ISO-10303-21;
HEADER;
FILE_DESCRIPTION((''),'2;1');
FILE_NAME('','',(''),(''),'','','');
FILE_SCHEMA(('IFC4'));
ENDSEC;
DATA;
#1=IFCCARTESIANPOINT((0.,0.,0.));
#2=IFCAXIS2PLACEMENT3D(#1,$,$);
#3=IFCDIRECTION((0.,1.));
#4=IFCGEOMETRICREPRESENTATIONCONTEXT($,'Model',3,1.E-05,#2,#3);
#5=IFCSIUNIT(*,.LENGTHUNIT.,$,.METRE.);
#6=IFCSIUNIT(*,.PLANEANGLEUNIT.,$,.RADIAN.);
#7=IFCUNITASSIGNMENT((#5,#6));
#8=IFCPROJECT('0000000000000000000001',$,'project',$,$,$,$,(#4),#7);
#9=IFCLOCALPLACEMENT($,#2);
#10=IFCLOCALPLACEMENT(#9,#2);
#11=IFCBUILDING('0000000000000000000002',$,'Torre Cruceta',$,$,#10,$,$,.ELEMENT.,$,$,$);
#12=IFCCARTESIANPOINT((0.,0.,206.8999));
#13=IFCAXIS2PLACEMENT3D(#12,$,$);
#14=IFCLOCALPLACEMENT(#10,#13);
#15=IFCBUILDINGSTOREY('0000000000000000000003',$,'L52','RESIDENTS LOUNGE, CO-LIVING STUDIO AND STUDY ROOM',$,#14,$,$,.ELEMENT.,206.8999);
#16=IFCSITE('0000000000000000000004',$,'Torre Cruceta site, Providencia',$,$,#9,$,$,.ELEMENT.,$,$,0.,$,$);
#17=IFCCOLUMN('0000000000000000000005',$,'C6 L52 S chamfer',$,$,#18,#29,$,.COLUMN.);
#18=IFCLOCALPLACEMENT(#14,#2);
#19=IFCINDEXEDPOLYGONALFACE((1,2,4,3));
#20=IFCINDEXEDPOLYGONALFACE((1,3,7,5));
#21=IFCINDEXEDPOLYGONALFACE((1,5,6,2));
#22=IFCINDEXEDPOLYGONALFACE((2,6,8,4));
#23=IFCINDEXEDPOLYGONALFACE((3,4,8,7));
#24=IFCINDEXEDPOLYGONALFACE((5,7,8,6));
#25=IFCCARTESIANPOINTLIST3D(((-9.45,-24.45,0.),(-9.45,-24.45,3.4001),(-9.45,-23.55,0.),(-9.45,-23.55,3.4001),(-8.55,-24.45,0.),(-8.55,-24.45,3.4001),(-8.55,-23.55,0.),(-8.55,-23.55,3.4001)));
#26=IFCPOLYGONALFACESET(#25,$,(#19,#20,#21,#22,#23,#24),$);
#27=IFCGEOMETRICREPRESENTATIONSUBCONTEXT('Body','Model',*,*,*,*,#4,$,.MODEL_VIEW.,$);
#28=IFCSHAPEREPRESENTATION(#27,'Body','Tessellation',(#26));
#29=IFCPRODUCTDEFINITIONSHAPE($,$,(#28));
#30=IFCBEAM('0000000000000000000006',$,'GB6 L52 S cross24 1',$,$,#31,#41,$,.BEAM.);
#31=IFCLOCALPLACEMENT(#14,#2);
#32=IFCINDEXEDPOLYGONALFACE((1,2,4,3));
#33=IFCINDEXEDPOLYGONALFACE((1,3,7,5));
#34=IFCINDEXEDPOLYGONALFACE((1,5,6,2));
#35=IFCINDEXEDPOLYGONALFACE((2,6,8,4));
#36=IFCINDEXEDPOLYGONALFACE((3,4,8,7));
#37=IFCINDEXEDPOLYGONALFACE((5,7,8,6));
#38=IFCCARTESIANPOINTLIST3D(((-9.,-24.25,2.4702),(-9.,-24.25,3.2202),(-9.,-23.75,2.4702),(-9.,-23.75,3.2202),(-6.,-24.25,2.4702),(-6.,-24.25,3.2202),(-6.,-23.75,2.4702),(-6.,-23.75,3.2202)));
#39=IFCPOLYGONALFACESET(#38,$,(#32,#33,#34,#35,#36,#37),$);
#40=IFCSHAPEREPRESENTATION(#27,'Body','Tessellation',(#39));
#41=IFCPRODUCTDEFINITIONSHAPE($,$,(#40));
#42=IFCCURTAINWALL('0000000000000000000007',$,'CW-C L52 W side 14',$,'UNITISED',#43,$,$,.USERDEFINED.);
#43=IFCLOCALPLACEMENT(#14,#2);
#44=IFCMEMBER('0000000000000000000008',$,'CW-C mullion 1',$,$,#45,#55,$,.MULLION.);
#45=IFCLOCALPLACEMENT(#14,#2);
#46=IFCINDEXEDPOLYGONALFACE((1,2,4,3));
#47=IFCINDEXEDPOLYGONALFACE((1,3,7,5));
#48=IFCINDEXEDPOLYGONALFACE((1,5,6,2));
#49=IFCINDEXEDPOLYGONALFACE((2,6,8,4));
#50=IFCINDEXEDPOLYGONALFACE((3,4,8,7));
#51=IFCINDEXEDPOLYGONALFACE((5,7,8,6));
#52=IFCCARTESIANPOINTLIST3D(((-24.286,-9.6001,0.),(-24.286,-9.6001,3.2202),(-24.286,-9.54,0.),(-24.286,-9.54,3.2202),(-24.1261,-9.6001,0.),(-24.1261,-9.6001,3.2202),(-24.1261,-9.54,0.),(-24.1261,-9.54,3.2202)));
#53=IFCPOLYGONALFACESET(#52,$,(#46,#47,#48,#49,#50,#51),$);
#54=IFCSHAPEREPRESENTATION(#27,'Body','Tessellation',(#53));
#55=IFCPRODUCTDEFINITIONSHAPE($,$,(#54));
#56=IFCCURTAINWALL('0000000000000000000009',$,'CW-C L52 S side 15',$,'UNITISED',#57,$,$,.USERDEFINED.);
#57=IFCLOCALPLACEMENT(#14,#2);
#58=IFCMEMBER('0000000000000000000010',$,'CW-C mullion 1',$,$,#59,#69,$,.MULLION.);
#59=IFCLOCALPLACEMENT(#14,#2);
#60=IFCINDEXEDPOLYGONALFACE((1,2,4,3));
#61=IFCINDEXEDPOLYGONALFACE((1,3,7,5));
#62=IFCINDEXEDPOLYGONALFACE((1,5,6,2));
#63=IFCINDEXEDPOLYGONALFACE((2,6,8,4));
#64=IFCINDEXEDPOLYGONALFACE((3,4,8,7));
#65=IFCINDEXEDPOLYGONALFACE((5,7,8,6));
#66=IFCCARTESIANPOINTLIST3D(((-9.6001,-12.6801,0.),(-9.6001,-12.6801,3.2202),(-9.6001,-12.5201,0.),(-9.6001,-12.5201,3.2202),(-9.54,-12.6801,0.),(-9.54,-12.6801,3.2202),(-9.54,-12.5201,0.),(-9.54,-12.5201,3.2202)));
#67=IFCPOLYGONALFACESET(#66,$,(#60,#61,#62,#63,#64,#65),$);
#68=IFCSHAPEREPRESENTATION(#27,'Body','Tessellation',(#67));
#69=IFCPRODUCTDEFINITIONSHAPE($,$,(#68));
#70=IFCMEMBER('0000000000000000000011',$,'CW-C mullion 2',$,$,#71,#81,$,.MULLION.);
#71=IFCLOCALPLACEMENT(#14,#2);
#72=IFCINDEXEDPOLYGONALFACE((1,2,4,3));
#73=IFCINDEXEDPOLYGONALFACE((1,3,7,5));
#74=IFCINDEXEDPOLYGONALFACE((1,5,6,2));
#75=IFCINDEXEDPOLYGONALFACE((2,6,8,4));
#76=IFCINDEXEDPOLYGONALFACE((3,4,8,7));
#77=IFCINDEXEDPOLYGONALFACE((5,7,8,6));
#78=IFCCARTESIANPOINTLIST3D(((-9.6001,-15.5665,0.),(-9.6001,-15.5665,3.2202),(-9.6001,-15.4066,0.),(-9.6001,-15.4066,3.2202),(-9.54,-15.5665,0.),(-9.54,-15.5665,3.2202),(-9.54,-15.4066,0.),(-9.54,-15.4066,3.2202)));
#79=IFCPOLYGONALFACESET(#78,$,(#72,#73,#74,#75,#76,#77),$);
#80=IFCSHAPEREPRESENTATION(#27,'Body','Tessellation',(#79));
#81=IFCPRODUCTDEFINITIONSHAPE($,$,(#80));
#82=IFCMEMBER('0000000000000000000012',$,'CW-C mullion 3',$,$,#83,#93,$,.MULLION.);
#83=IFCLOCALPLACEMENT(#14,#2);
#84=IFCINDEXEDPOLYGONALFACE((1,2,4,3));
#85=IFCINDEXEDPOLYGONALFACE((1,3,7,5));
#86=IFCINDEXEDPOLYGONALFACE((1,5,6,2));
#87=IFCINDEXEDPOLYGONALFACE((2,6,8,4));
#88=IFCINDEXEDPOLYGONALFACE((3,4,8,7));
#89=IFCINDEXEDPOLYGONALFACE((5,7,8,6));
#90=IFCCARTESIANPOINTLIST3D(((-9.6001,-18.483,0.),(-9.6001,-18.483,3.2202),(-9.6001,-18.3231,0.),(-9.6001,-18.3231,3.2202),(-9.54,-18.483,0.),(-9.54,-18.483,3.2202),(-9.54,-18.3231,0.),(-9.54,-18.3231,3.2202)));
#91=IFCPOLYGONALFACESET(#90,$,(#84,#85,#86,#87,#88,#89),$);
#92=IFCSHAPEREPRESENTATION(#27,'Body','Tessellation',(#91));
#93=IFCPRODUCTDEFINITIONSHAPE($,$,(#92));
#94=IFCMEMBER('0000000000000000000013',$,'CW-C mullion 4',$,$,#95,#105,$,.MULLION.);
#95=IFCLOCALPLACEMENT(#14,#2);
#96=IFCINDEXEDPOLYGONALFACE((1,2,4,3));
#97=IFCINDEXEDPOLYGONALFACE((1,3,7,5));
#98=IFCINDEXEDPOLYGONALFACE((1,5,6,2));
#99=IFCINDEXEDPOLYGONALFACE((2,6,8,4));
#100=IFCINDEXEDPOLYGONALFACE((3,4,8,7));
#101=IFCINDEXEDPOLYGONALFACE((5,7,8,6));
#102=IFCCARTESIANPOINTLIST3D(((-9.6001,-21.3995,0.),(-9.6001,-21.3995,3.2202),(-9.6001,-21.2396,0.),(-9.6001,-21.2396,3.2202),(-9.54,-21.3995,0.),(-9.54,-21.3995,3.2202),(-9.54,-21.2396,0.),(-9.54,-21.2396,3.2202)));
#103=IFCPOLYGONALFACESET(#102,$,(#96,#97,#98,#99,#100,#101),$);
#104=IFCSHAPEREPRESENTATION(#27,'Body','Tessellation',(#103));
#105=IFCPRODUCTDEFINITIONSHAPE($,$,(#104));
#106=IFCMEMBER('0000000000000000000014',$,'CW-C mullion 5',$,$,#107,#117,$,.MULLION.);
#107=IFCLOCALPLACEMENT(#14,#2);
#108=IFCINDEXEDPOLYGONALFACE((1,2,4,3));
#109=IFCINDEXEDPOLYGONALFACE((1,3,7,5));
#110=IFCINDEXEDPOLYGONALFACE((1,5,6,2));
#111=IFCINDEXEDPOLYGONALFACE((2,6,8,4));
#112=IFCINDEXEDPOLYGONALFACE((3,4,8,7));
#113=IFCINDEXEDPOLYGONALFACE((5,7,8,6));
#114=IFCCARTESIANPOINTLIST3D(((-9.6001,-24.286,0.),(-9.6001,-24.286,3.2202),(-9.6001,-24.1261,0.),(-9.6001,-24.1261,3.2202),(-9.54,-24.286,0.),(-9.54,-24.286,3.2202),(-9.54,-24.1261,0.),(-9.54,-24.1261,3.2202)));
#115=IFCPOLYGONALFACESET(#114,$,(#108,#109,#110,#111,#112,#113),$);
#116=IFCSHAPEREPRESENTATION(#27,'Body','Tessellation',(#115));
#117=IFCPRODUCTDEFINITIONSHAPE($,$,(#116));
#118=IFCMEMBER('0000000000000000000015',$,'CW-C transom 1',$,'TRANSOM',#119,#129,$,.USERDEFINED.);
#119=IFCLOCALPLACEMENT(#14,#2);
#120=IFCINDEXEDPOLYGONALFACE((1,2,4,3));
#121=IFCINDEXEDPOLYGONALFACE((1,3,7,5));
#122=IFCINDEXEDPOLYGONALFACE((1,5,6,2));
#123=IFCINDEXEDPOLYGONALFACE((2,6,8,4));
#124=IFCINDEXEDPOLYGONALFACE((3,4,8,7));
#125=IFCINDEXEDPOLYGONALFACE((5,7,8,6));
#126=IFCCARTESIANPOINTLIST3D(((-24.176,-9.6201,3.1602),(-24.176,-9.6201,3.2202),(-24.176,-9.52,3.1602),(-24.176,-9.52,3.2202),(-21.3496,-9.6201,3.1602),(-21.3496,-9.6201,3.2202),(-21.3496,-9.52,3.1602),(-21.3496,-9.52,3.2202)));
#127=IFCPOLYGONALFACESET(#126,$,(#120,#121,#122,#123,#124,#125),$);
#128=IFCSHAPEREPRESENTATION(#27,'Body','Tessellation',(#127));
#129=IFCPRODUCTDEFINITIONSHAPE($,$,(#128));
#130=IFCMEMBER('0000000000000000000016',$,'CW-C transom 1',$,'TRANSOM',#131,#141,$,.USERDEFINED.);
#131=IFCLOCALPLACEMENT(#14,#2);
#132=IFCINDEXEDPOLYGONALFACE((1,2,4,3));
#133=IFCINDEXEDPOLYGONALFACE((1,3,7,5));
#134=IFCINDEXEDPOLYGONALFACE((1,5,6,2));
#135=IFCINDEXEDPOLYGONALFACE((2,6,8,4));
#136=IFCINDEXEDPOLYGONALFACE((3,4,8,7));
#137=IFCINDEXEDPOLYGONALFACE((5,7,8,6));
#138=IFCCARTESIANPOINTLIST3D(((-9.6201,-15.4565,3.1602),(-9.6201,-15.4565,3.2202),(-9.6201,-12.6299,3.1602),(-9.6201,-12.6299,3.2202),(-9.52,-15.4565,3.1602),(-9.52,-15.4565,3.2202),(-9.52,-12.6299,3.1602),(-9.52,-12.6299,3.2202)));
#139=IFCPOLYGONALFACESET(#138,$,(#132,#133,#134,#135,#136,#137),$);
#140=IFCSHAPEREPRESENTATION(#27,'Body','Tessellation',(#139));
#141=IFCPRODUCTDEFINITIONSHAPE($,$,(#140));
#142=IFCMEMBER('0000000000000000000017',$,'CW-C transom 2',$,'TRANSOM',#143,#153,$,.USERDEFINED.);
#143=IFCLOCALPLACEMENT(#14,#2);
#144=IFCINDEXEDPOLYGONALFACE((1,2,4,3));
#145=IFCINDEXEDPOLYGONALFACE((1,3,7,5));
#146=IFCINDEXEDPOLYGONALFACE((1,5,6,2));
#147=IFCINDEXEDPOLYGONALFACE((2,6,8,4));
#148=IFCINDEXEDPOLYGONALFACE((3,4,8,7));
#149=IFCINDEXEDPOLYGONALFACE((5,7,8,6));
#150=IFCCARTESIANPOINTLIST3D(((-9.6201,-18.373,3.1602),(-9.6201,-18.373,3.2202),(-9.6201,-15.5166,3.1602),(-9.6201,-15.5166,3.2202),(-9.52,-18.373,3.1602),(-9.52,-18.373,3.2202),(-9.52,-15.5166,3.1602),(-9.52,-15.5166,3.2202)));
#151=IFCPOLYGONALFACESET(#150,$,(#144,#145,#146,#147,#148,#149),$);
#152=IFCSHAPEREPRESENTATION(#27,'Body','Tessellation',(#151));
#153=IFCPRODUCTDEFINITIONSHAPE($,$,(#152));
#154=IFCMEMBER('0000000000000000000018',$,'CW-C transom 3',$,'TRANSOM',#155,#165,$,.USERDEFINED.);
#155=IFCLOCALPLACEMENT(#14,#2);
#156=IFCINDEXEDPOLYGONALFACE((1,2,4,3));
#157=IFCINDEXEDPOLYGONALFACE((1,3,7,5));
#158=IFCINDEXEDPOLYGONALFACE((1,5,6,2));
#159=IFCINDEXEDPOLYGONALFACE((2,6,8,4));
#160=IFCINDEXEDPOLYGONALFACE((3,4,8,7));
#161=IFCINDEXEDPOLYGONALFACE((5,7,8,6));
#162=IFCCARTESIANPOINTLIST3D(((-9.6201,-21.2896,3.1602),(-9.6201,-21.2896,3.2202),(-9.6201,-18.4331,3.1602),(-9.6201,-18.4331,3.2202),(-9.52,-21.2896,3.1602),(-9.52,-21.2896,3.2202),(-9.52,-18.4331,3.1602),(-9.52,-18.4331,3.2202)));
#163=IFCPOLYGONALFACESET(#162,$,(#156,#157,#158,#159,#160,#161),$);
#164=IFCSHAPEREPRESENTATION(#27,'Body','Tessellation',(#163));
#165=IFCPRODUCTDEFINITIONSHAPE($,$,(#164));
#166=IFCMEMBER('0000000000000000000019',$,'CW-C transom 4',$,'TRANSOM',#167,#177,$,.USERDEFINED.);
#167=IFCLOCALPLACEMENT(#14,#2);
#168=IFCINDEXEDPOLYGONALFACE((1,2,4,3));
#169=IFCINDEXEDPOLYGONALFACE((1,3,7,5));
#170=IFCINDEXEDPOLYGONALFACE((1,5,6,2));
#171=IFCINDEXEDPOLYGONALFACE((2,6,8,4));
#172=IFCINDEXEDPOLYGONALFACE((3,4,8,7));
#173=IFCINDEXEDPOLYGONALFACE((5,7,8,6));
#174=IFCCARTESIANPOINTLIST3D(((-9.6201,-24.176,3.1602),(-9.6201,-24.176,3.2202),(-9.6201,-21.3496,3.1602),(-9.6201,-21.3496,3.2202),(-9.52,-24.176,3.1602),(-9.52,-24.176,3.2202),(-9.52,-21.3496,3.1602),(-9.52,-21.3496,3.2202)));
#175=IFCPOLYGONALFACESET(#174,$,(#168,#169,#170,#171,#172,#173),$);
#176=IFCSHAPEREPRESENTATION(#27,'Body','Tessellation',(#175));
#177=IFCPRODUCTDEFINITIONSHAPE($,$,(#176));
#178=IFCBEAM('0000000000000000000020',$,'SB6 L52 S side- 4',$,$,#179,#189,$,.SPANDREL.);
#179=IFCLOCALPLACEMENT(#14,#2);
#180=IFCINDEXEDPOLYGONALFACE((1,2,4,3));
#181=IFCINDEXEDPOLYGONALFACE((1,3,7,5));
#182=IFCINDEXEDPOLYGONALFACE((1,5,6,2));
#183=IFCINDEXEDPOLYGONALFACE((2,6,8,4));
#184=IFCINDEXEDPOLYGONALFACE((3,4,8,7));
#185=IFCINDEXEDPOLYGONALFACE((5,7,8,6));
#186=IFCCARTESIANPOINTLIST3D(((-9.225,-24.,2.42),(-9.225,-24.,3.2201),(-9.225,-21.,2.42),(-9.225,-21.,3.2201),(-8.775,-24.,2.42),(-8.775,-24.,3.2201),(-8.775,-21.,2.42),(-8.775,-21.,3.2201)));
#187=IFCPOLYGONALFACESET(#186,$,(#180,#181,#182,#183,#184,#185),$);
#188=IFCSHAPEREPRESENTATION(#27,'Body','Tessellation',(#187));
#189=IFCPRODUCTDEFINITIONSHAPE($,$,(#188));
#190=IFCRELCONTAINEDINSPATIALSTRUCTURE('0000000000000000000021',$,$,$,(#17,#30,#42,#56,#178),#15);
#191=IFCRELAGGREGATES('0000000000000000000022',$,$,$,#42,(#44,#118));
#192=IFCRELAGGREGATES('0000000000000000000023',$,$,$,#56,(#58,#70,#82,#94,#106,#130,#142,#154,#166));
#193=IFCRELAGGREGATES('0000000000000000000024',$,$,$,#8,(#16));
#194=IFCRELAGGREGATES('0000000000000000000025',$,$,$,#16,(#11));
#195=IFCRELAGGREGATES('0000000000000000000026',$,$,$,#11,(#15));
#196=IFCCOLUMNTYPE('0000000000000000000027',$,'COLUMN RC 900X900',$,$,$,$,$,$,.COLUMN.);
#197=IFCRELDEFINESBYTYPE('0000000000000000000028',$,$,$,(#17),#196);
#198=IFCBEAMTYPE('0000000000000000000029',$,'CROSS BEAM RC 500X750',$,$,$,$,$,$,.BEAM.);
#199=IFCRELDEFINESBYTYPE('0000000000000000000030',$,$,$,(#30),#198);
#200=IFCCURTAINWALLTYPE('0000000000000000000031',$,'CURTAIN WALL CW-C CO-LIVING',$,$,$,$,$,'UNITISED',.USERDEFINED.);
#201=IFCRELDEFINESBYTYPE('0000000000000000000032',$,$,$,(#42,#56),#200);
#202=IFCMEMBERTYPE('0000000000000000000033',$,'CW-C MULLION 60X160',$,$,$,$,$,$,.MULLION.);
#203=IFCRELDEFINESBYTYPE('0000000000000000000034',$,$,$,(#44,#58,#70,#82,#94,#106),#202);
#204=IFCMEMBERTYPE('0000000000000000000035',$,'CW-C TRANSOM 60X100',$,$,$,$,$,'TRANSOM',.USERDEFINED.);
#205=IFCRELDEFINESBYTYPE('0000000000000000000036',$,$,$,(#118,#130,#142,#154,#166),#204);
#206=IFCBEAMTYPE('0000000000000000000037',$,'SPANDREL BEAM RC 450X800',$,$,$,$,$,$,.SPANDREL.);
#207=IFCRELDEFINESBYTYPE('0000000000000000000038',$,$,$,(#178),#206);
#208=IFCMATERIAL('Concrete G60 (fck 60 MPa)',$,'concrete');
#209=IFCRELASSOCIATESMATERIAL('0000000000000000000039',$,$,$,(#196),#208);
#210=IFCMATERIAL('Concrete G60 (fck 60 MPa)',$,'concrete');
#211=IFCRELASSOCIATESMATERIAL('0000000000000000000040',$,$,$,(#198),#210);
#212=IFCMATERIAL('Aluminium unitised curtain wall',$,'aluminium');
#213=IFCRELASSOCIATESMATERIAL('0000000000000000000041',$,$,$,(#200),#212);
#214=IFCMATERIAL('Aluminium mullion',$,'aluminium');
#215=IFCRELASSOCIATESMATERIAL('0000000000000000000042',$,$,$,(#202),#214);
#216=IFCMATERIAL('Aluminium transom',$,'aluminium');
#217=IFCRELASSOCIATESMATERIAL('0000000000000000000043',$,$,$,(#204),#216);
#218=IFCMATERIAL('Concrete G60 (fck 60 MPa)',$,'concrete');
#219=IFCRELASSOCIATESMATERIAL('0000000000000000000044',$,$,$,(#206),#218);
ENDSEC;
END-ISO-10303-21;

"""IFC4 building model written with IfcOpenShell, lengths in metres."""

from ifc_helpers import new_model, si_unit, direction, frame, origin, origin_2d, place, context, subcontext, project, spatial, rectangle, extrude, material, material_profile, profile_set, type_object, element, aggregate, save


model = new_model("IFC4")

# Units and contexts
model_context = context("Model", 3, precision=1e-05, world=origin(), true_north=direction((0.0, 1.0)))
body_context = subcontext(model_context, "Body", "Model", "MODEL_VIEW")
ifc_project = project(units=[si_unit("LENGTHUNIT", "METRE"), si_unit("PLANEANGLEUNIT", "RADIAN")], contexts=[model_context])

# Site, building, storey
site_placement = place(None, origin())
site = spatial("IfcSite", under=ifc_project, at=site_placement, Name="Torre Cruceta site, Providencia", CompositionType="ELEMENT", RefElevation=0.0)
building_placement = place(site_placement, origin())
building = spatial("IfcBuilding", under=site, at=building_placement, Name="Torre Cruceta", CompositionType="ELEMENT")
storey_placement = place(building_placement, frame((0.0, 0.0, 206.8999)))
storey = spatial("IfcBuildingStorey", under=building, at=storey_placement, Name="L52", Description="RESIDENTS LOUNGE, CO-LIVING STUDIO AND STUDY ROOM", CompositionType="ELEMENT", Elevation=206.8999)

# Column
ifc_material_1 = material(Name="Concrete G60 (fck 60 MPa)", Category="concrete")
ifc_material_profile_1 = material_profile(ifc_material_1, rectangle(XDim=0.8999, YDim=0.8999, at=origin_2d()), Name="RC 900X900")
ifc_profile_set_1 = profile_set([ifc_material_profile_1], Name="Concrete G60 (fck 60 MPa)")
column_type = type_object("IfcColumnType", Name="COLUMN RC 900X900", PredefinedType="COLUMN", material=ifc_profile_set_1)
column_placement = place(storey_placement, frame((-9.0, -24.0, 0.0), z_axis=(0.0, 0.0, 1.0), x_axis=(1.0, 0.0, 0.0)))
element("IfcColumn", 1, at=column_placement, inside=storey, type_object=column_type, Name="C6 L52 S chamfer", PredefinedType="COLUMN", context=body_context, shape_type="SweptSolid", body=[
    extrude(rectangle(XDim=0.8999, YDim=0.8999, at=origin_2d()), origin(), (0.0, 0.0, 1.0), 3.4001),
])

# Beam
ifc_material_2 = material(Name="Concrete G60 (fck 60 MPa)", Category="concrete")
ifc_material_profile_2 = material_profile(ifc_material_2, rectangle(XDim=0.5, YDim=0.75, at=origin_2d()), Name="RC 500X750")
ifc_profile_set_2 = profile_set([ifc_material_profile_2], Name="Concrete G60 (fck 60 MPa)")
beam_type_1 = type_object("IfcBeamType", Name="CROSS BEAM RC 500X750", PredefinedType="BEAM", material=ifc_profile_set_2)
beam_1_placement = place(storey_placement, frame((-9.0, -24.0, 2.8452), z_axis=(1.0, 0.0, 0.0), x_axis=(0.0, 1.0, 0.0)))
element("IfcBeam", 2, at=beam_1_placement, inside=storey, type_object=beam_type_1, Name="GB6 L52 S cross24 1", PredefinedType="BEAM", context=body_context, shape_type="SweptSolid", body=[
    extrude(rectangle(XDim=0.5, YDim=0.75, at=origin_2d()), origin(), (0.0, 0.0, 1.0), 3.0),
])

# Curtain wall, member
ifc_material_3 = material(Name="Aluminium unitised curtain wall", Category="aluminium")
curtain_wall_type = type_object("IfcCurtainWallType", Name="CURTAIN WALL CW-C CO-LIVING", ElementType="UNITISED", PredefinedType="USERDEFINED", material=ifc_material_3)
curtain_wall_1_placement = place(storey_placement, origin())
curtain_wall_1 = element("IfcCurtainWall", 3, at=curtain_wall_1_placement, inside=storey, type_object=curtain_wall_type, Name="CW-C L52 W side 14", ObjectType="UNITISED", PredefinedType="USERDEFINED")
ifc_material_4 = material(Name="Aluminium mullion", Category="aluminium")
ifc_material_profile_3 = material_profile(ifc_material_4, rectangle(XDim=0.0601, YDim=0.1599, at=origin_2d()), Name="AL 60X160")
ifc_profile_set_3 = profile_set([ifc_material_profile_3], Name="Aluminium mullion")
member_type_1 = type_object("IfcMemberType", Name="CW-C MULLION 60X160", PredefinedType="MULLION", material=ifc_profile_set_3)
member_1_placement = place(storey_placement, frame((-24.2061, -9.5701, 0.0), z_axis=(0.0, 0.0, 1.0), x_axis=(0.0, 1.0, 0.0)))
member_1 = element("IfcMember", 4, at=member_1_placement, type_object=member_type_1, Name="CW-C mullion 1", PredefinedType="MULLION", context=body_context, shape_type="SweptSolid", body=[
    extrude(rectangle(XDim=0.0601, YDim=0.1599, at=origin_2d()), origin(), (0.0, 0.0, 1.0), 3.2202),
])

# Curtain wall, members
curtain_wall_2_placement = place(storey_placement, origin())
curtain_wall_2 = element("IfcCurtainWall", 5, at=curtain_wall_2_placement, inside=storey, type_object=curtain_wall_type, Name="CW-C L52 S side 15", ObjectType="UNITISED", PredefinedType="USERDEFINED")
member_2_placement = place(storey_placement, frame((-9.5701, -12.6001, 0.0), z_axis=(0.0, 0.0, 1.0), x_axis=(1.0, 0.0, 0.0)))
member_2 = element("IfcMember", 6, at=member_2_placement, type_object=member_type_1, Name="CW-C mullion 1", PredefinedType="MULLION", context=body_context, shape_type="SweptSolid", body=[
    extrude(rectangle(XDim=0.0601, YDim=0.1599, at=origin_2d()), origin(), (0.0, 0.0, 1.0), 3.2202),
])
member_3_placement = place(storey_placement, frame((-9.5701, -15.4866, 0.0), z_axis=(0.0, 0.0, 1.0), x_axis=(1.0, 0.0, 0.0)))
member_3 = element("IfcMember", 7, at=member_3_placement, type_object=member_type_1, Name="CW-C mullion 2", PredefinedType="MULLION", context=body_context, shape_type="SweptSolid", body=[
    extrude(rectangle(XDim=0.0601, YDim=0.1599, at=origin_2d()), origin(), (0.0, 0.0, 1.0), 3.2202),
])
member_4_placement = place(storey_placement, frame((-9.5701, -18.4031, 0.0), z_axis=(0.0, 0.0, 1.0), x_axis=(1.0, 0.0, 0.0)))
member_4 = element("IfcMember", 8, at=member_4_placement, type_object=member_type_1, Name="CW-C mullion 3", PredefinedType="MULLION", context=body_context, shape_type="SweptSolid", body=[
    extrude(rectangle(XDim=0.0601, YDim=0.1599, at=origin_2d()), origin(), (0.0, 0.0, 1.0), 3.2202),
])
member_5_placement = place(storey_placement, frame((-9.5701, -21.3196, 0.0), z_axis=(0.0, 0.0, 1.0), x_axis=(1.0, 0.0, 0.0)))
member_5 = element("IfcMember", 9, at=member_5_placement, type_object=member_type_1, Name="CW-C mullion 4", PredefinedType="MULLION", context=body_context, shape_type="SweptSolid", body=[
    extrude(rectangle(XDim=0.0601, YDim=0.1599, at=origin_2d()), origin(), (0.0, 0.0, 1.0), 3.2202),
])
member_6_placement = place(storey_placement, frame((-9.5701, -24.2061, 0.0), z_axis=(0.0, 0.0, 1.0), x_axis=(1.0, 0.0, 0.0)))
member_6 = element("IfcMember", 10, at=member_6_placement, type_object=member_type_1, Name="CW-C mullion 5", PredefinedType="MULLION", context=body_context, shape_type="SweptSolid", body=[
    extrude(rectangle(XDim=0.0601, YDim=0.1599, at=origin_2d()), origin(), (0.0, 0.0, 1.0), 3.2202),
])

# Members
ifc_material_5 = material(Name="Aluminium transom", Category="aluminium")
ifc_material_profile_4 = material_profile(ifc_material_5, rectangle(XDim=0.1001, YDim=0.0601, at=origin_2d()), Name="AL 100X60")
ifc_profile_set_4 = profile_set([ifc_material_profile_4], Name="Aluminium transom")
member_type_2 = type_object("IfcMemberType", Name="CW-C TRANSOM 60X100", ElementType="TRANSOM", PredefinedType="USERDEFINED", material=ifc_profile_set_4)
member_7_placement = place(storey_placement, frame((-24.176, -9.5701, 3.1902), z_axis=(1.0, 0.0, 0.0), x_axis=(0.0, 1.0, 0.0)))
member_7 = element("IfcMember", 11, at=member_7_placement, type_object=member_type_2, Name="CW-C transom 1", ObjectType="TRANSOM", PredefinedType="USERDEFINED", context=body_context, shape_type="SweptSolid", body=[
    extrude(rectangle(XDim=0.1001, YDim=0.0601, at=origin_2d()), origin(), (0.0, 0.0, 1.0), 2.8264),
])
member_8_placement = place(storey_placement, frame((-9.5701, -12.6299, 3.1902), z_axis=(0.0, -1.0, 0.0), x_axis=(1.0, 0.0, 0.0)))
member_8 = element("IfcMember", 12, at=member_8_placement, type_object=member_type_2, Name="CW-C transom 1", ObjectType="TRANSOM", PredefinedType="USERDEFINED", context=body_context, shape_type="SweptSolid", body=[
    extrude(rectangle(XDim=0.1001, YDim=0.0601, at=origin_2d()), origin(), (0.0, 0.0, 1.0), 2.8267),
])
member_9_placement = place(storey_placement, frame((-9.5701, -15.5166, 3.1902), z_axis=(0.0, -1.0, 0.0), x_axis=(1.0, 0.0, 0.0)))
member_9 = element("IfcMember", 13, at=member_9_placement, type_object=member_type_2, Name="CW-C transom 2", ObjectType="TRANSOM", PredefinedType="USERDEFINED", context=body_context, shape_type="SweptSolid", body=[
    extrude(rectangle(XDim=0.1001, YDim=0.0601, at=origin_2d()), origin(), (0.0, 0.0, 1.0), 2.8564),
])
member_10_placement = place(storey_placement, frame((-9.5701, -18.4331, 3.1902), z_axis=(0.0, -1.0, 0.0), x_axis=(1.0, 0.0, 0.0)))
member_10 = element("IfcMember", 14, at=member_10_placement, type_object=member_type_2, Name="CW-C transom 3", ObjectType="TRANSOM", PredefinedType="USERDEFINED", context=body_context, shape_type="SweptSolid", body=[
    extrude(rectangle(XDim=0.1001, YDim=0.0601, at=origin_2d()), origin(), (0.0, 0.0, 1.0), 2.8564),
])
member_11_placement = place(storey_placement, frame((-9.5701, -21.3496, 3.1902), z_axis=(0.0, -1.0, 0.0), x_axis=(1.0, 0.0, 0.0)))
member_11 = element("IfcMember", 15, at=member_11_placement, type_object=member_type_2, Name="CW-C transom 4", ObjectType="TRANSOM", PredefinedType="USERDEFINED", context=body_context, shape_type="SweptSolid", body=[
    extrude(rectangle(XDim=0.1001, YDim=0.0601, at=origin_2d()), origin(), (0.0, 0.0, 1.0), 2.8264),
])

# Beam
ifc_material_6 = material(Name="Concrete G60 (fck 60 MPa)", Category="concrete")
ifc_material_profile_5 = material_profile(ifc_material_6, rectangle(XDim=0.45, YDim=0.8, at=origin_2d()), Name="RC 450X800")
ifc_profile_set_5 = profile_set([ifc_material_profile_5], Name="Concrete G60 (fck 60 MPa)")
beam_type_2 = type_object("IfcBeamType", Name="SPANDREL BEAM RC 450X800", PredefinedType="SPANDREL", material=ifc_profile_set_5)
beam_2_placement = place(storey_placement, frame((-9.0, -21.0, 2.8201), z_axis=(0.0, -1.0, 0.0), x_axis=(1.0, 0.0, 0.0)))
element("IfcBeam", 16, at=beam_2_placement, inside=storey, type_object=beam_type_2, Name="SB6 L52 S side- 4", PredefinedType="SPANDREL", context=body_context, shape_type="SweptSolid", body=[
    extrude(rectangle(XDim=0.45, YDim=0.8, at=origin_2d()), origin(), (0.0, 0.0, 1.0), 3.0),
])

aggregate(curtain_wall_1, [member_1, member_7])
aggregate(curtain_wall_2, [member_2, member_3, member_4, member_5, member_6, member_8, member_9, member_10, member_11])

save(model, "model.ifc")
